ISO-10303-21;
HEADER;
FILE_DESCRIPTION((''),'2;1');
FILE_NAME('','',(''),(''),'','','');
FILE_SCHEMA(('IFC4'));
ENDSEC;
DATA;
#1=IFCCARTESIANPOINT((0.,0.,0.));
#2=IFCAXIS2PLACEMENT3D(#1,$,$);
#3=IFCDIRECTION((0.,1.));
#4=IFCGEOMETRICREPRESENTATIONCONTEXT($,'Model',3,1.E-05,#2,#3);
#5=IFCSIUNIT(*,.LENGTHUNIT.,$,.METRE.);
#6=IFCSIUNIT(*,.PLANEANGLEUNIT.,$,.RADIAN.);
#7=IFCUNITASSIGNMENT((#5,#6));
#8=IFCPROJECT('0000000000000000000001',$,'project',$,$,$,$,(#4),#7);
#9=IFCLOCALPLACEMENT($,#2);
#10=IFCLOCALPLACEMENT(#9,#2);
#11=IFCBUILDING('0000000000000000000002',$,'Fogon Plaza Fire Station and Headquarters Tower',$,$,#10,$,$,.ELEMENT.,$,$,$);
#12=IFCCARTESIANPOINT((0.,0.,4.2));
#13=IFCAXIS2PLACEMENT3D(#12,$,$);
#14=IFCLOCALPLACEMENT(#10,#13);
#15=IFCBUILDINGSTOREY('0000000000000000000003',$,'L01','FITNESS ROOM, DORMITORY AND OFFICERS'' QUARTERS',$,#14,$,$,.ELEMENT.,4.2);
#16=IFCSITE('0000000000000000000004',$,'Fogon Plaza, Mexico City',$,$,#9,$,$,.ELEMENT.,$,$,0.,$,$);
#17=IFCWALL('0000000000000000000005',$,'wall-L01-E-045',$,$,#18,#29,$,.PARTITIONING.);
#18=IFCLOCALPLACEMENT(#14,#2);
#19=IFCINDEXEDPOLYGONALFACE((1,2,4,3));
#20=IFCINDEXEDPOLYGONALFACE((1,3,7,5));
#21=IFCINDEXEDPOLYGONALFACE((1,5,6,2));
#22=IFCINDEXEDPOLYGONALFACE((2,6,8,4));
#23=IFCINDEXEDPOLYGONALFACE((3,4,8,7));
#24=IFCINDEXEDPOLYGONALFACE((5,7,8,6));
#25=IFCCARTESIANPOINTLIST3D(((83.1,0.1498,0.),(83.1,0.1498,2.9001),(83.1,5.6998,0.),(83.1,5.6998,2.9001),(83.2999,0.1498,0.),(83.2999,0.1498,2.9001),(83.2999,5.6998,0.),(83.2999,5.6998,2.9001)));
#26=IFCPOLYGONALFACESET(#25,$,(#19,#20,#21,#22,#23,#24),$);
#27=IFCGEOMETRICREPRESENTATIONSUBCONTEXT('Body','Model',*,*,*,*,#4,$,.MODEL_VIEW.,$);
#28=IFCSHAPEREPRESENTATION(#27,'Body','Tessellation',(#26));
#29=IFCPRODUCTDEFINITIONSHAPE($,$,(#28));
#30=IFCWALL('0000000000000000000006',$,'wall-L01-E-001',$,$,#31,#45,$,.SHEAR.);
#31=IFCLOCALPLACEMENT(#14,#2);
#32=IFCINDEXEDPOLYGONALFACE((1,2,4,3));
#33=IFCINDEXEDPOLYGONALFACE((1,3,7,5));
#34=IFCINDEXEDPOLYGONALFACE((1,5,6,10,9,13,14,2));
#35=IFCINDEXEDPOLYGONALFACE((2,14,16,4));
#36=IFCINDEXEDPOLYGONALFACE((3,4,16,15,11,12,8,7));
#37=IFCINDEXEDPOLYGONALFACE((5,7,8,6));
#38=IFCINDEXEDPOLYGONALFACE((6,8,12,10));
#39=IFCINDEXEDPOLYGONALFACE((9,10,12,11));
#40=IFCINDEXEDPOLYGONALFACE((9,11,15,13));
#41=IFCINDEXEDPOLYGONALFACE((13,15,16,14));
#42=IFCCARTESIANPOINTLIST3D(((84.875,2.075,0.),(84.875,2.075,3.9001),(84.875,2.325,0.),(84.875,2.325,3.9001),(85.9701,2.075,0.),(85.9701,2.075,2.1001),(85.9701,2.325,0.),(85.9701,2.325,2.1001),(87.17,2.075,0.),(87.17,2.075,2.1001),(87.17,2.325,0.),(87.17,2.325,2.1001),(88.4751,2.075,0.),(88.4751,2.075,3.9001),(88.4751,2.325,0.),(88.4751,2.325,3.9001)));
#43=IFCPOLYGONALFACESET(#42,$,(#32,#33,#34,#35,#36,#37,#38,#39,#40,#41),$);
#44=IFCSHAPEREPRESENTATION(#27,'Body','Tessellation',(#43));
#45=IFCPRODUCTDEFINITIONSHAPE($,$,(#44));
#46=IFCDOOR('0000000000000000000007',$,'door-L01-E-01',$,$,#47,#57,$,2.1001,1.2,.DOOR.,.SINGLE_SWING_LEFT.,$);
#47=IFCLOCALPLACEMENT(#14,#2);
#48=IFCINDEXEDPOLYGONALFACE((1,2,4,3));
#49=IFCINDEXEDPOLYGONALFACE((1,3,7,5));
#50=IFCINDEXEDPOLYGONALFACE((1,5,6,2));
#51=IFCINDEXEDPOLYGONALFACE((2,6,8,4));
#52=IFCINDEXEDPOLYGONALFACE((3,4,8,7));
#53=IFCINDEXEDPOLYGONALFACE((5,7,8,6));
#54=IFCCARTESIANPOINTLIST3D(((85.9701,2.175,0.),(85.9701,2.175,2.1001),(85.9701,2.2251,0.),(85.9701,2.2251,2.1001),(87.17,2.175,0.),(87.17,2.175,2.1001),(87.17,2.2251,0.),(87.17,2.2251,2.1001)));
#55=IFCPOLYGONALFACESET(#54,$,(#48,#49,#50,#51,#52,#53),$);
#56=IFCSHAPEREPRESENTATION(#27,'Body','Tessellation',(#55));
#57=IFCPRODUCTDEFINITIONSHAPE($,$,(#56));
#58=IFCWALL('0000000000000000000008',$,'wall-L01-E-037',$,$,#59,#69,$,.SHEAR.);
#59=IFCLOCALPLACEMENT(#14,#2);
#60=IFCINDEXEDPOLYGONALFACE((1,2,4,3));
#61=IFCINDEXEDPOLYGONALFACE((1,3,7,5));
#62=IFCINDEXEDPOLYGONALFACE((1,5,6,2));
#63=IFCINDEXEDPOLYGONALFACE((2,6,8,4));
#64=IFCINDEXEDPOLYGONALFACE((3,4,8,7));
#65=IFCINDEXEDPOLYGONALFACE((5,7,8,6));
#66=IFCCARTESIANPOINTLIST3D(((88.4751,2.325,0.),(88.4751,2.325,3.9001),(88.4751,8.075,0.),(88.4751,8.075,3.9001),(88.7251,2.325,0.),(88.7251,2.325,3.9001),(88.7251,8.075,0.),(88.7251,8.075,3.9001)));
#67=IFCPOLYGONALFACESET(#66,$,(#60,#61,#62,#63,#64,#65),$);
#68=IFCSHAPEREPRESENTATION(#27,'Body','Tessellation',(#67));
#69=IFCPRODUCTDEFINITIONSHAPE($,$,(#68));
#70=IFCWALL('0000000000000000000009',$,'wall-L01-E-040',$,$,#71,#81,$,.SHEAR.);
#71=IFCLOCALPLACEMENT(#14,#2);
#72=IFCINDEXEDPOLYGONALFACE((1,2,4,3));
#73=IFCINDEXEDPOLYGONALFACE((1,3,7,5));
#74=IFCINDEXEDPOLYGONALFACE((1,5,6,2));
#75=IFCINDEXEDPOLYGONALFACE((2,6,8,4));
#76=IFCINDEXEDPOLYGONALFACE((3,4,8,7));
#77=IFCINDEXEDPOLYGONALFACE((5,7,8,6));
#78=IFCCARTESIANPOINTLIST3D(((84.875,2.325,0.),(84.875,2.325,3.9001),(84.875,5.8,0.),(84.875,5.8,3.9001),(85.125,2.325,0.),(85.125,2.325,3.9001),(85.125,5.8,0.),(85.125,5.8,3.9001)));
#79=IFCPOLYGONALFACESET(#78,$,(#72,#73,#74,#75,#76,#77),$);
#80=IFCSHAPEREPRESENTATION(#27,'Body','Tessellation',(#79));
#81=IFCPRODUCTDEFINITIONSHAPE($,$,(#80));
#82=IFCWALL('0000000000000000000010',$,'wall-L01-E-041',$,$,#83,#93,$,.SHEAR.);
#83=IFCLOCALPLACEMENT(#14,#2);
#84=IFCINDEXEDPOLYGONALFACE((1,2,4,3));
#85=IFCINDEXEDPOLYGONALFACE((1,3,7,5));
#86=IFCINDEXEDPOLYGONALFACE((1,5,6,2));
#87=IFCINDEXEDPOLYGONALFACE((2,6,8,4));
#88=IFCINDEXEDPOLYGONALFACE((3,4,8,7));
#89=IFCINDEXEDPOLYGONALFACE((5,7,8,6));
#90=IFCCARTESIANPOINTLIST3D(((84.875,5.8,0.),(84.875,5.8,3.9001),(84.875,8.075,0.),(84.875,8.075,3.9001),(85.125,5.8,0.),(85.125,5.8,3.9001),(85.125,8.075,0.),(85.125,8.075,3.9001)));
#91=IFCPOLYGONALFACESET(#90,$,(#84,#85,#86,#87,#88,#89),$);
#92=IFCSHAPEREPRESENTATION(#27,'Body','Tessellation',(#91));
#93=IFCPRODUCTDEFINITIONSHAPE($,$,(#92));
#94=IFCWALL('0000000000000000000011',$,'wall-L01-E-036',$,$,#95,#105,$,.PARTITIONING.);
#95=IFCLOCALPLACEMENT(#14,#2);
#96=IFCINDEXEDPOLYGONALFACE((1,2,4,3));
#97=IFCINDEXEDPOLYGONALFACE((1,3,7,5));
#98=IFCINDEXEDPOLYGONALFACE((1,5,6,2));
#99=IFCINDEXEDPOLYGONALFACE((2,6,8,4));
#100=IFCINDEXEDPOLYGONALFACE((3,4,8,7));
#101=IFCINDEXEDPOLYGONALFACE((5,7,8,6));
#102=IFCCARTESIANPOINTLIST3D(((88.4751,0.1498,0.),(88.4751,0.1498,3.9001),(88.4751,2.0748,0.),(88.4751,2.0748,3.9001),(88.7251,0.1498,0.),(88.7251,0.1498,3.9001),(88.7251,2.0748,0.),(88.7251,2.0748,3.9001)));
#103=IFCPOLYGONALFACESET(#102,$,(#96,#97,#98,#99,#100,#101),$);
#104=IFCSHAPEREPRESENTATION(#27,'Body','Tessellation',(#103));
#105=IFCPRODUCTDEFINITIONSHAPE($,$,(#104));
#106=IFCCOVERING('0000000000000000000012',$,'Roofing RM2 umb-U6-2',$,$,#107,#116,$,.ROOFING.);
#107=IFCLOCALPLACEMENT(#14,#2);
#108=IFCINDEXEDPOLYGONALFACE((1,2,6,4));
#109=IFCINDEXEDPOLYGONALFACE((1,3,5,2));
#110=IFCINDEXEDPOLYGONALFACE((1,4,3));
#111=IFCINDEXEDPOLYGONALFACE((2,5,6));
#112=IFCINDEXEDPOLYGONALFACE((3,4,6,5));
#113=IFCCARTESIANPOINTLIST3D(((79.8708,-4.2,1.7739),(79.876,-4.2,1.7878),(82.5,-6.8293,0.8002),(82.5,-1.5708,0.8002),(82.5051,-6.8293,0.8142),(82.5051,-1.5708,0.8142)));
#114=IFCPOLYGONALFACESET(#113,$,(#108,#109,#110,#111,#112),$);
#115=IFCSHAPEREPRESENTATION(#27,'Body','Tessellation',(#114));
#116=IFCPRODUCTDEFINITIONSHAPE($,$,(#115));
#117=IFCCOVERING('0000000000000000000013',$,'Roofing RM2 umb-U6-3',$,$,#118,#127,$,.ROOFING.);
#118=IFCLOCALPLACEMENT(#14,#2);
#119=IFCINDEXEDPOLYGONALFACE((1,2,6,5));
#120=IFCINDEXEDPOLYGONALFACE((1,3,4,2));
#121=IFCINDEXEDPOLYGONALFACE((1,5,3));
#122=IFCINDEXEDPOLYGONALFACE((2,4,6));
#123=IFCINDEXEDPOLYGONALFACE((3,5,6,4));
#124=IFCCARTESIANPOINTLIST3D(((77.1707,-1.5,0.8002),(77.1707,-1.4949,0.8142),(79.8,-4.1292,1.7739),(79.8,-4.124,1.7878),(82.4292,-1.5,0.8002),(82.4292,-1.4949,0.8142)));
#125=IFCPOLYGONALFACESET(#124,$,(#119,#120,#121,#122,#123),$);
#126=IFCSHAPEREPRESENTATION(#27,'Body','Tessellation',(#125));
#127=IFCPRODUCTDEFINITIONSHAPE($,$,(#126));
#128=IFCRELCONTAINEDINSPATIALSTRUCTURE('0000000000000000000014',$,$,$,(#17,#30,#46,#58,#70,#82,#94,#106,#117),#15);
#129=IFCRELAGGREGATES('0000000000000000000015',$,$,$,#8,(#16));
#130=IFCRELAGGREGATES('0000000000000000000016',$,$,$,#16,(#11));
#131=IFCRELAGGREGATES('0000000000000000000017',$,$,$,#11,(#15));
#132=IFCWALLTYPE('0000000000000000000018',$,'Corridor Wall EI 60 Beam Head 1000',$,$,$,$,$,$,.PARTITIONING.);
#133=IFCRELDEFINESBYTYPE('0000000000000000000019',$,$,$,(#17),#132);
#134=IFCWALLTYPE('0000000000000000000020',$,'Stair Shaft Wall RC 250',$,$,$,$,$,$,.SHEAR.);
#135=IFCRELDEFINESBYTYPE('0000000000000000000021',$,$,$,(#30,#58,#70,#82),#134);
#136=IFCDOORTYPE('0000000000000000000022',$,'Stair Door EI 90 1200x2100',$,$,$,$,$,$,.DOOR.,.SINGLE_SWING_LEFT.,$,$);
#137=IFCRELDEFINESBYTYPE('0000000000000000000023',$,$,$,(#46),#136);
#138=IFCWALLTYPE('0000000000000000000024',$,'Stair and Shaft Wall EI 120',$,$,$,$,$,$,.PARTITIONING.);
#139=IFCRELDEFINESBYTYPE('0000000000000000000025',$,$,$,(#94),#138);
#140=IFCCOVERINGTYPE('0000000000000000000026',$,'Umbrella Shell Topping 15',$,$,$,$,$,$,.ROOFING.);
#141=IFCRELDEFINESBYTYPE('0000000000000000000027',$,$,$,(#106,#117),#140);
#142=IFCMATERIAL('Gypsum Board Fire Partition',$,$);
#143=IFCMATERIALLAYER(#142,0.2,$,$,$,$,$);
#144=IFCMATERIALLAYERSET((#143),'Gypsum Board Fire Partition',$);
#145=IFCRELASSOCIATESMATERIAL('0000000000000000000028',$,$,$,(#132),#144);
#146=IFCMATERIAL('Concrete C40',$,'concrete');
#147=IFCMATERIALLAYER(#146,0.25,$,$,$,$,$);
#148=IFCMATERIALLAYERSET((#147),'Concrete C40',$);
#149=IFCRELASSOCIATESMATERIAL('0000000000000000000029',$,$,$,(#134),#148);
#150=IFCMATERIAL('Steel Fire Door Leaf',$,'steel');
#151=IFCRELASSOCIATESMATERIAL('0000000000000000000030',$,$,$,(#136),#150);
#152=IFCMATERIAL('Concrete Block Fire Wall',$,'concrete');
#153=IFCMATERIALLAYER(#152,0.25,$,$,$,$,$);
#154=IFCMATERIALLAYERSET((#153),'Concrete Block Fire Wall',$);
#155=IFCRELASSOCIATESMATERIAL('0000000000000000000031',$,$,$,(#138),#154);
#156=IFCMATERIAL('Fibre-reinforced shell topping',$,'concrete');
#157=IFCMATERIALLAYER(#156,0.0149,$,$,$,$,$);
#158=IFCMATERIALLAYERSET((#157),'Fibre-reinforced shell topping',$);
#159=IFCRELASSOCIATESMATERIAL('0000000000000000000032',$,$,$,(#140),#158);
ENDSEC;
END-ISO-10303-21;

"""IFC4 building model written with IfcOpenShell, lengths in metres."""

from ifc_helpers import new_model, si_unit, direction, frame, frame_2d, origin, place, context, subcontext, project, spatial, polyline, rectangle, outline, extrude, material, layer, layer_set, type_object, element, fill, save


model = new_model("IFC4")

# Units and contexts
model_context = context("Model", 3, precision=1e-05, world=origin(), true_north=direction((0.0, 1.0)))
body_context = subcontext(model_context, "Body", "Model", "MODEL_VIEW")
ifc_project = project(units=[si_unit("LENGTHUNIT", "METRE"), si_unit("PLANEANGLEUNIT", "RADIAN")], contexts=[model_context])

# Site, building, storey
site_placement = place(None, origin())
site = spatial("IfcSite", under=ifc_project, at=site_placement, Name="Fogon Plaza, Mexico City", CompositionType="ELEMENT", RefElevation=0.0)
building_placement = place(site_placement, origin())
building = spatial("IfcBuilding", under=site, at=building_placement, Name="Fogon Plaza Fire Station and Headquarters Tower", CompositionType="ELEMENT")
storey_placement = place(building_placement, frame((0.0, 0.0, 4.2)))
storey = spatial("IfcBuildingStorey", under=building, at=storey_placement, Name="L01", Description="FITNESS ROOM, DORMITORY AND OFFICERS' QUARTERS", CompositionType="ELEMENT", Elevation=4.2)

# Wall
ifc_material_1 = material(Name="Gypsum Board Fire Partition")
ifc_layer_1 = layer(ifc_material_1, 0.2)
ifc_layer_set_1 = layer_set([ifc_layer_1], Name="Gypsum Board Fire Partition")
wall_type_1 = type_object("IfcWallType", Name="Corridor Wall EI 60 Beam Head 1000", PredefinedType="PARTITIONING", material=ifc_layer_set_1)
wall_1_placement = place(storey_placement, frame((83.2, 0.1499, 0.0), z_axis=(0.0, 0.0, 1.0), x_axis=(0.0, 1.0, 0.0)))
element("IfcWall", 1, at=wall_1_placement, inside=storey, type_object=wall_type_1, Name="wall-L01-E-045", PredefinedType="PARTITIONING", context=body_context, shape_type="SweptSolid", body=[
    extrude(rectangle(XDim=5.55, YDim=0.2, at=frame_2d((2.7749, 0.0))), origin(), (0.0, 0.0, 1.0), 2.9001),
])

# Wall, opening, door
ifc_material_2 = material(Name="Concrete C40", Category="concrete")
ifc_layer_2 = layer(ifc_material_2, 0.25)
ifc_layer_set_2 = layer_set([ifc_layer_2], Name="Concrete C40")
wall_type_2 = type_object("IfcWallType", Name="Stair Shaft Wall RC 250", PredefinedType="SHEAR", material=ifc_layer_set_2)
wall_2_placement = place(storey_placement, frame((88.4751, 2.2, 0.0), z_axis=(0.0, 0.0, 1.0), x_axis=(-1.0, 0.0, 0.0)))
wall_2 = element("IfcWall", 2, at=wall_2_placement, inside=storey, type_object=wall_type_2, Name="wall-L01-E-001", PredefinedType="SHEAR", context=body_context, shape_type="SweptSolid", body=[
    extrude(rectangle(XDim=3.6001, YDim=0.25, at=frame_2d((1.8, 0.0))), origin(), (0.0, 0.0, 1.0), 3.9001),
])
opening_1_placement = place(wall_2_placement, frame((1.3049, 0.0, 0.0)))
opening_1 = element("IfcOpeningElement", 3, at=opening_1_placement, cuts=wall_2, PredefinedType="OPENING", context=body_context, shape_type="SweptSolid", body=[
    extrude(rectangle(XDim=1.2, YDim=2.1001, at=frame_2d((0.6001, 1.05))), frame((0.0, 0.135, 0.0), z_axis=(0.0, -1.0, 0.0), x_axis=(1.0, 0.0, 0.0)), (0.0, 0.0, 1.0), 0.27),
])
ifc_material_3 = material(Name="Steel Fire Door Leaf", Category="steel")
door_type_1 = type_object("IfcDoorType", Name="Stair Door EI 90 1200x2100", OperationType="SINGLE_SWING_LEFT", PredefinedType="DOOR", material=ifc_material_3)
door_1_placement = place(opening_1_placement, origin())
door_1 = element("IfcDoor", 4, at=door_1_placement, inside=storey, type_object=door_type_1, Name="door-L01-E-01", OperationType="SINGLE_SWING_LEFT", OverallHeight=2.1001, OverallWidth=1.2, PredefinedType="DOOR", context=body_context, shape_type="SweptSolid", body=[
    extrude(rectangle(XDim=1.2, YDim=2.1001, at=frame_2d((0.6001, 1.05))), frame((0.0, 0.0249, 0.0), z_axis=(0.0, -1.0, 0.0), x_axis=(1.0, 0.0, 0.0)), (0.0, 0.0, 1.0), 0.05),
])
fill(opening_1, door_1)

# Walls
wall_3_placement = place(storey_placement, frame((88.6001, 2.325, 0.0), z_axis=(0.0, 0.0, 1.0), x_axis=(0.0, 1.0, 0.0)))
element("IfcWall", 5, at=wall_3_placement, inside=storey, type_object=wall_type_2, Name="wall-L01-E-037", PredefinedType="SHEAR", context=body_context, shape_type="SweptSolid", body=[
    extrude(rectangle(XDim=5.75, YDim=0.25, at=frame_2d((2.875, 0.0))), origin(), (0.0, 0.0, 1.0), 3.9001),
])
wall_4_placement = place(storey_placement, frame((85.0, 2.325, 0.0), z_axis=(0.0, 0.0, 1.0), x_axis=(0.0, 1.0, 0.0)))
element("IfcWall", 6, at=wall_4_placement, inside=storey, type_object=wall_type_2, Name="wall-L01-E-040", PredefinedType="SHEAR", context=body_context, shape_type="SweptSolid", body=[
    extrude(rectangle(XDim=3.4751, YDim=0.25, at=frame_2d((1.7375, 0.0))), origin(), (0.0, 0.0, 1.0), 3.9001),
])
wall_5_placement = place(storey_placement, frame((85.0, 5.8, 0.0), z_axis=(0.0, 0.0, 1.0), x_axis=(0.0, 1.0, 0.0)))
element("IfcWall", 7, at=wall_5_placement, inside=storey, type_object=wall_type_2, Name="wall-L01-E-041", PredefinedType="SHEAR", context=body_context, shape_type="SweptSolid", body=[
    extrude(rectangle(XDim=2.2749, YDim=0.25, at=frame_2d((1.1375, 0.0))), origin(), (0.0, 0.0, 1.0), 3.9001),
])
ifc_material_4 = material(Name="Concrete Block Fire Wall", Category="concrete")
ifc_layer_3 = layer(ifc_material_4, 0.25)
ifc_layer_set_3 = layer_set([ifc_layer_3], Name="Concrete Block Fire Wall")
wall_type_3 = type_object("IfcWallType", Name="Stair and Shaft Wall EI 120", PredefinedType="PARTITIONING", material=ifc_layer_set_3)
wall_6_placement = place(storey_placement, frame((88.6001, 0.1499, 0.0), z_axis=(0.0, 0.0, 1.0), x_axis=(0.0, 1.0, 0.0)))
element("IfcWall", 8, at=wall_6_placement, inside=storey, type_object=wall_type_3, Name="wall-L01-E-036", PredefinedType="PARTITIONING", context=body_context, shape_type="SweptSolid", body=[
    extrude(rectangle(XDim=1.925, YDim=0.25, at=frame_2d((0.9624, 0.0))), origin(), (0.0, 0.0, 1.0), 3.9001),
])

# Coverings
ifc_material_5 = material(Name="Fibre-reinforced shell topping", Category="concrete")
ifc_layer_4 = layer(ifc_material_5, 0.0149)
ifc_layer_set_4 = layer_set([ifc_layer_4], Name="Fibre-reinforced shell topping")
covering_type = type_object("IfcCoveringType", Name="Umbrella Shell Topping 15", PredefinedType="ROOFING", material=ifc_layer_set_4)
covering_1_placement = place(storey_placement, frame((82.5051, -6.8293, 0.8142), z_axis=(0.347275, 0.0, 0.937763), x_axis=(-0.684014, 0.684077, 0.253305)))
element("IfcCovering", 9, at=covering_1_placement, inside=storey, type_object=covering_type, Name="Roofing RM2 umb-U6-2", PredefinedType="ROOFING", context=body_context, shape_type="SweptSolid", body=[
    extrude(outline(polyline([(0.0, 0.0), (3.8437, 0.0), (3.5973, -3.8356), (0.0, 0.0)])), origin(), (0.0, 0.0, -1.0), 0.0149),
])
covering_2_placement = place(storey_placement, frame((82.4292, -1.4949, 0.8142), z_axis=(0.0, 0.347275, 0.937763), x_axis=(-0.684043, -0.684043, 0.253316)))
element("IfcCovering", 10, at=covering_2_placement, inside=storey, type_object=covering_type, Name="Roofing RM2 umb-U6-3", PredefinedType="ROOFING", context=body_context, shape_type="SweptSolid", body=[
    extrude(outline(polyline([(0.0, 0.0), (3.8435, 0.0), (3.5971, -3.8358), (0.0, 0.0)])), origin(), (0.0, 0.0, -1.0), 0.0149),
])

save(model, "model.ifc")
